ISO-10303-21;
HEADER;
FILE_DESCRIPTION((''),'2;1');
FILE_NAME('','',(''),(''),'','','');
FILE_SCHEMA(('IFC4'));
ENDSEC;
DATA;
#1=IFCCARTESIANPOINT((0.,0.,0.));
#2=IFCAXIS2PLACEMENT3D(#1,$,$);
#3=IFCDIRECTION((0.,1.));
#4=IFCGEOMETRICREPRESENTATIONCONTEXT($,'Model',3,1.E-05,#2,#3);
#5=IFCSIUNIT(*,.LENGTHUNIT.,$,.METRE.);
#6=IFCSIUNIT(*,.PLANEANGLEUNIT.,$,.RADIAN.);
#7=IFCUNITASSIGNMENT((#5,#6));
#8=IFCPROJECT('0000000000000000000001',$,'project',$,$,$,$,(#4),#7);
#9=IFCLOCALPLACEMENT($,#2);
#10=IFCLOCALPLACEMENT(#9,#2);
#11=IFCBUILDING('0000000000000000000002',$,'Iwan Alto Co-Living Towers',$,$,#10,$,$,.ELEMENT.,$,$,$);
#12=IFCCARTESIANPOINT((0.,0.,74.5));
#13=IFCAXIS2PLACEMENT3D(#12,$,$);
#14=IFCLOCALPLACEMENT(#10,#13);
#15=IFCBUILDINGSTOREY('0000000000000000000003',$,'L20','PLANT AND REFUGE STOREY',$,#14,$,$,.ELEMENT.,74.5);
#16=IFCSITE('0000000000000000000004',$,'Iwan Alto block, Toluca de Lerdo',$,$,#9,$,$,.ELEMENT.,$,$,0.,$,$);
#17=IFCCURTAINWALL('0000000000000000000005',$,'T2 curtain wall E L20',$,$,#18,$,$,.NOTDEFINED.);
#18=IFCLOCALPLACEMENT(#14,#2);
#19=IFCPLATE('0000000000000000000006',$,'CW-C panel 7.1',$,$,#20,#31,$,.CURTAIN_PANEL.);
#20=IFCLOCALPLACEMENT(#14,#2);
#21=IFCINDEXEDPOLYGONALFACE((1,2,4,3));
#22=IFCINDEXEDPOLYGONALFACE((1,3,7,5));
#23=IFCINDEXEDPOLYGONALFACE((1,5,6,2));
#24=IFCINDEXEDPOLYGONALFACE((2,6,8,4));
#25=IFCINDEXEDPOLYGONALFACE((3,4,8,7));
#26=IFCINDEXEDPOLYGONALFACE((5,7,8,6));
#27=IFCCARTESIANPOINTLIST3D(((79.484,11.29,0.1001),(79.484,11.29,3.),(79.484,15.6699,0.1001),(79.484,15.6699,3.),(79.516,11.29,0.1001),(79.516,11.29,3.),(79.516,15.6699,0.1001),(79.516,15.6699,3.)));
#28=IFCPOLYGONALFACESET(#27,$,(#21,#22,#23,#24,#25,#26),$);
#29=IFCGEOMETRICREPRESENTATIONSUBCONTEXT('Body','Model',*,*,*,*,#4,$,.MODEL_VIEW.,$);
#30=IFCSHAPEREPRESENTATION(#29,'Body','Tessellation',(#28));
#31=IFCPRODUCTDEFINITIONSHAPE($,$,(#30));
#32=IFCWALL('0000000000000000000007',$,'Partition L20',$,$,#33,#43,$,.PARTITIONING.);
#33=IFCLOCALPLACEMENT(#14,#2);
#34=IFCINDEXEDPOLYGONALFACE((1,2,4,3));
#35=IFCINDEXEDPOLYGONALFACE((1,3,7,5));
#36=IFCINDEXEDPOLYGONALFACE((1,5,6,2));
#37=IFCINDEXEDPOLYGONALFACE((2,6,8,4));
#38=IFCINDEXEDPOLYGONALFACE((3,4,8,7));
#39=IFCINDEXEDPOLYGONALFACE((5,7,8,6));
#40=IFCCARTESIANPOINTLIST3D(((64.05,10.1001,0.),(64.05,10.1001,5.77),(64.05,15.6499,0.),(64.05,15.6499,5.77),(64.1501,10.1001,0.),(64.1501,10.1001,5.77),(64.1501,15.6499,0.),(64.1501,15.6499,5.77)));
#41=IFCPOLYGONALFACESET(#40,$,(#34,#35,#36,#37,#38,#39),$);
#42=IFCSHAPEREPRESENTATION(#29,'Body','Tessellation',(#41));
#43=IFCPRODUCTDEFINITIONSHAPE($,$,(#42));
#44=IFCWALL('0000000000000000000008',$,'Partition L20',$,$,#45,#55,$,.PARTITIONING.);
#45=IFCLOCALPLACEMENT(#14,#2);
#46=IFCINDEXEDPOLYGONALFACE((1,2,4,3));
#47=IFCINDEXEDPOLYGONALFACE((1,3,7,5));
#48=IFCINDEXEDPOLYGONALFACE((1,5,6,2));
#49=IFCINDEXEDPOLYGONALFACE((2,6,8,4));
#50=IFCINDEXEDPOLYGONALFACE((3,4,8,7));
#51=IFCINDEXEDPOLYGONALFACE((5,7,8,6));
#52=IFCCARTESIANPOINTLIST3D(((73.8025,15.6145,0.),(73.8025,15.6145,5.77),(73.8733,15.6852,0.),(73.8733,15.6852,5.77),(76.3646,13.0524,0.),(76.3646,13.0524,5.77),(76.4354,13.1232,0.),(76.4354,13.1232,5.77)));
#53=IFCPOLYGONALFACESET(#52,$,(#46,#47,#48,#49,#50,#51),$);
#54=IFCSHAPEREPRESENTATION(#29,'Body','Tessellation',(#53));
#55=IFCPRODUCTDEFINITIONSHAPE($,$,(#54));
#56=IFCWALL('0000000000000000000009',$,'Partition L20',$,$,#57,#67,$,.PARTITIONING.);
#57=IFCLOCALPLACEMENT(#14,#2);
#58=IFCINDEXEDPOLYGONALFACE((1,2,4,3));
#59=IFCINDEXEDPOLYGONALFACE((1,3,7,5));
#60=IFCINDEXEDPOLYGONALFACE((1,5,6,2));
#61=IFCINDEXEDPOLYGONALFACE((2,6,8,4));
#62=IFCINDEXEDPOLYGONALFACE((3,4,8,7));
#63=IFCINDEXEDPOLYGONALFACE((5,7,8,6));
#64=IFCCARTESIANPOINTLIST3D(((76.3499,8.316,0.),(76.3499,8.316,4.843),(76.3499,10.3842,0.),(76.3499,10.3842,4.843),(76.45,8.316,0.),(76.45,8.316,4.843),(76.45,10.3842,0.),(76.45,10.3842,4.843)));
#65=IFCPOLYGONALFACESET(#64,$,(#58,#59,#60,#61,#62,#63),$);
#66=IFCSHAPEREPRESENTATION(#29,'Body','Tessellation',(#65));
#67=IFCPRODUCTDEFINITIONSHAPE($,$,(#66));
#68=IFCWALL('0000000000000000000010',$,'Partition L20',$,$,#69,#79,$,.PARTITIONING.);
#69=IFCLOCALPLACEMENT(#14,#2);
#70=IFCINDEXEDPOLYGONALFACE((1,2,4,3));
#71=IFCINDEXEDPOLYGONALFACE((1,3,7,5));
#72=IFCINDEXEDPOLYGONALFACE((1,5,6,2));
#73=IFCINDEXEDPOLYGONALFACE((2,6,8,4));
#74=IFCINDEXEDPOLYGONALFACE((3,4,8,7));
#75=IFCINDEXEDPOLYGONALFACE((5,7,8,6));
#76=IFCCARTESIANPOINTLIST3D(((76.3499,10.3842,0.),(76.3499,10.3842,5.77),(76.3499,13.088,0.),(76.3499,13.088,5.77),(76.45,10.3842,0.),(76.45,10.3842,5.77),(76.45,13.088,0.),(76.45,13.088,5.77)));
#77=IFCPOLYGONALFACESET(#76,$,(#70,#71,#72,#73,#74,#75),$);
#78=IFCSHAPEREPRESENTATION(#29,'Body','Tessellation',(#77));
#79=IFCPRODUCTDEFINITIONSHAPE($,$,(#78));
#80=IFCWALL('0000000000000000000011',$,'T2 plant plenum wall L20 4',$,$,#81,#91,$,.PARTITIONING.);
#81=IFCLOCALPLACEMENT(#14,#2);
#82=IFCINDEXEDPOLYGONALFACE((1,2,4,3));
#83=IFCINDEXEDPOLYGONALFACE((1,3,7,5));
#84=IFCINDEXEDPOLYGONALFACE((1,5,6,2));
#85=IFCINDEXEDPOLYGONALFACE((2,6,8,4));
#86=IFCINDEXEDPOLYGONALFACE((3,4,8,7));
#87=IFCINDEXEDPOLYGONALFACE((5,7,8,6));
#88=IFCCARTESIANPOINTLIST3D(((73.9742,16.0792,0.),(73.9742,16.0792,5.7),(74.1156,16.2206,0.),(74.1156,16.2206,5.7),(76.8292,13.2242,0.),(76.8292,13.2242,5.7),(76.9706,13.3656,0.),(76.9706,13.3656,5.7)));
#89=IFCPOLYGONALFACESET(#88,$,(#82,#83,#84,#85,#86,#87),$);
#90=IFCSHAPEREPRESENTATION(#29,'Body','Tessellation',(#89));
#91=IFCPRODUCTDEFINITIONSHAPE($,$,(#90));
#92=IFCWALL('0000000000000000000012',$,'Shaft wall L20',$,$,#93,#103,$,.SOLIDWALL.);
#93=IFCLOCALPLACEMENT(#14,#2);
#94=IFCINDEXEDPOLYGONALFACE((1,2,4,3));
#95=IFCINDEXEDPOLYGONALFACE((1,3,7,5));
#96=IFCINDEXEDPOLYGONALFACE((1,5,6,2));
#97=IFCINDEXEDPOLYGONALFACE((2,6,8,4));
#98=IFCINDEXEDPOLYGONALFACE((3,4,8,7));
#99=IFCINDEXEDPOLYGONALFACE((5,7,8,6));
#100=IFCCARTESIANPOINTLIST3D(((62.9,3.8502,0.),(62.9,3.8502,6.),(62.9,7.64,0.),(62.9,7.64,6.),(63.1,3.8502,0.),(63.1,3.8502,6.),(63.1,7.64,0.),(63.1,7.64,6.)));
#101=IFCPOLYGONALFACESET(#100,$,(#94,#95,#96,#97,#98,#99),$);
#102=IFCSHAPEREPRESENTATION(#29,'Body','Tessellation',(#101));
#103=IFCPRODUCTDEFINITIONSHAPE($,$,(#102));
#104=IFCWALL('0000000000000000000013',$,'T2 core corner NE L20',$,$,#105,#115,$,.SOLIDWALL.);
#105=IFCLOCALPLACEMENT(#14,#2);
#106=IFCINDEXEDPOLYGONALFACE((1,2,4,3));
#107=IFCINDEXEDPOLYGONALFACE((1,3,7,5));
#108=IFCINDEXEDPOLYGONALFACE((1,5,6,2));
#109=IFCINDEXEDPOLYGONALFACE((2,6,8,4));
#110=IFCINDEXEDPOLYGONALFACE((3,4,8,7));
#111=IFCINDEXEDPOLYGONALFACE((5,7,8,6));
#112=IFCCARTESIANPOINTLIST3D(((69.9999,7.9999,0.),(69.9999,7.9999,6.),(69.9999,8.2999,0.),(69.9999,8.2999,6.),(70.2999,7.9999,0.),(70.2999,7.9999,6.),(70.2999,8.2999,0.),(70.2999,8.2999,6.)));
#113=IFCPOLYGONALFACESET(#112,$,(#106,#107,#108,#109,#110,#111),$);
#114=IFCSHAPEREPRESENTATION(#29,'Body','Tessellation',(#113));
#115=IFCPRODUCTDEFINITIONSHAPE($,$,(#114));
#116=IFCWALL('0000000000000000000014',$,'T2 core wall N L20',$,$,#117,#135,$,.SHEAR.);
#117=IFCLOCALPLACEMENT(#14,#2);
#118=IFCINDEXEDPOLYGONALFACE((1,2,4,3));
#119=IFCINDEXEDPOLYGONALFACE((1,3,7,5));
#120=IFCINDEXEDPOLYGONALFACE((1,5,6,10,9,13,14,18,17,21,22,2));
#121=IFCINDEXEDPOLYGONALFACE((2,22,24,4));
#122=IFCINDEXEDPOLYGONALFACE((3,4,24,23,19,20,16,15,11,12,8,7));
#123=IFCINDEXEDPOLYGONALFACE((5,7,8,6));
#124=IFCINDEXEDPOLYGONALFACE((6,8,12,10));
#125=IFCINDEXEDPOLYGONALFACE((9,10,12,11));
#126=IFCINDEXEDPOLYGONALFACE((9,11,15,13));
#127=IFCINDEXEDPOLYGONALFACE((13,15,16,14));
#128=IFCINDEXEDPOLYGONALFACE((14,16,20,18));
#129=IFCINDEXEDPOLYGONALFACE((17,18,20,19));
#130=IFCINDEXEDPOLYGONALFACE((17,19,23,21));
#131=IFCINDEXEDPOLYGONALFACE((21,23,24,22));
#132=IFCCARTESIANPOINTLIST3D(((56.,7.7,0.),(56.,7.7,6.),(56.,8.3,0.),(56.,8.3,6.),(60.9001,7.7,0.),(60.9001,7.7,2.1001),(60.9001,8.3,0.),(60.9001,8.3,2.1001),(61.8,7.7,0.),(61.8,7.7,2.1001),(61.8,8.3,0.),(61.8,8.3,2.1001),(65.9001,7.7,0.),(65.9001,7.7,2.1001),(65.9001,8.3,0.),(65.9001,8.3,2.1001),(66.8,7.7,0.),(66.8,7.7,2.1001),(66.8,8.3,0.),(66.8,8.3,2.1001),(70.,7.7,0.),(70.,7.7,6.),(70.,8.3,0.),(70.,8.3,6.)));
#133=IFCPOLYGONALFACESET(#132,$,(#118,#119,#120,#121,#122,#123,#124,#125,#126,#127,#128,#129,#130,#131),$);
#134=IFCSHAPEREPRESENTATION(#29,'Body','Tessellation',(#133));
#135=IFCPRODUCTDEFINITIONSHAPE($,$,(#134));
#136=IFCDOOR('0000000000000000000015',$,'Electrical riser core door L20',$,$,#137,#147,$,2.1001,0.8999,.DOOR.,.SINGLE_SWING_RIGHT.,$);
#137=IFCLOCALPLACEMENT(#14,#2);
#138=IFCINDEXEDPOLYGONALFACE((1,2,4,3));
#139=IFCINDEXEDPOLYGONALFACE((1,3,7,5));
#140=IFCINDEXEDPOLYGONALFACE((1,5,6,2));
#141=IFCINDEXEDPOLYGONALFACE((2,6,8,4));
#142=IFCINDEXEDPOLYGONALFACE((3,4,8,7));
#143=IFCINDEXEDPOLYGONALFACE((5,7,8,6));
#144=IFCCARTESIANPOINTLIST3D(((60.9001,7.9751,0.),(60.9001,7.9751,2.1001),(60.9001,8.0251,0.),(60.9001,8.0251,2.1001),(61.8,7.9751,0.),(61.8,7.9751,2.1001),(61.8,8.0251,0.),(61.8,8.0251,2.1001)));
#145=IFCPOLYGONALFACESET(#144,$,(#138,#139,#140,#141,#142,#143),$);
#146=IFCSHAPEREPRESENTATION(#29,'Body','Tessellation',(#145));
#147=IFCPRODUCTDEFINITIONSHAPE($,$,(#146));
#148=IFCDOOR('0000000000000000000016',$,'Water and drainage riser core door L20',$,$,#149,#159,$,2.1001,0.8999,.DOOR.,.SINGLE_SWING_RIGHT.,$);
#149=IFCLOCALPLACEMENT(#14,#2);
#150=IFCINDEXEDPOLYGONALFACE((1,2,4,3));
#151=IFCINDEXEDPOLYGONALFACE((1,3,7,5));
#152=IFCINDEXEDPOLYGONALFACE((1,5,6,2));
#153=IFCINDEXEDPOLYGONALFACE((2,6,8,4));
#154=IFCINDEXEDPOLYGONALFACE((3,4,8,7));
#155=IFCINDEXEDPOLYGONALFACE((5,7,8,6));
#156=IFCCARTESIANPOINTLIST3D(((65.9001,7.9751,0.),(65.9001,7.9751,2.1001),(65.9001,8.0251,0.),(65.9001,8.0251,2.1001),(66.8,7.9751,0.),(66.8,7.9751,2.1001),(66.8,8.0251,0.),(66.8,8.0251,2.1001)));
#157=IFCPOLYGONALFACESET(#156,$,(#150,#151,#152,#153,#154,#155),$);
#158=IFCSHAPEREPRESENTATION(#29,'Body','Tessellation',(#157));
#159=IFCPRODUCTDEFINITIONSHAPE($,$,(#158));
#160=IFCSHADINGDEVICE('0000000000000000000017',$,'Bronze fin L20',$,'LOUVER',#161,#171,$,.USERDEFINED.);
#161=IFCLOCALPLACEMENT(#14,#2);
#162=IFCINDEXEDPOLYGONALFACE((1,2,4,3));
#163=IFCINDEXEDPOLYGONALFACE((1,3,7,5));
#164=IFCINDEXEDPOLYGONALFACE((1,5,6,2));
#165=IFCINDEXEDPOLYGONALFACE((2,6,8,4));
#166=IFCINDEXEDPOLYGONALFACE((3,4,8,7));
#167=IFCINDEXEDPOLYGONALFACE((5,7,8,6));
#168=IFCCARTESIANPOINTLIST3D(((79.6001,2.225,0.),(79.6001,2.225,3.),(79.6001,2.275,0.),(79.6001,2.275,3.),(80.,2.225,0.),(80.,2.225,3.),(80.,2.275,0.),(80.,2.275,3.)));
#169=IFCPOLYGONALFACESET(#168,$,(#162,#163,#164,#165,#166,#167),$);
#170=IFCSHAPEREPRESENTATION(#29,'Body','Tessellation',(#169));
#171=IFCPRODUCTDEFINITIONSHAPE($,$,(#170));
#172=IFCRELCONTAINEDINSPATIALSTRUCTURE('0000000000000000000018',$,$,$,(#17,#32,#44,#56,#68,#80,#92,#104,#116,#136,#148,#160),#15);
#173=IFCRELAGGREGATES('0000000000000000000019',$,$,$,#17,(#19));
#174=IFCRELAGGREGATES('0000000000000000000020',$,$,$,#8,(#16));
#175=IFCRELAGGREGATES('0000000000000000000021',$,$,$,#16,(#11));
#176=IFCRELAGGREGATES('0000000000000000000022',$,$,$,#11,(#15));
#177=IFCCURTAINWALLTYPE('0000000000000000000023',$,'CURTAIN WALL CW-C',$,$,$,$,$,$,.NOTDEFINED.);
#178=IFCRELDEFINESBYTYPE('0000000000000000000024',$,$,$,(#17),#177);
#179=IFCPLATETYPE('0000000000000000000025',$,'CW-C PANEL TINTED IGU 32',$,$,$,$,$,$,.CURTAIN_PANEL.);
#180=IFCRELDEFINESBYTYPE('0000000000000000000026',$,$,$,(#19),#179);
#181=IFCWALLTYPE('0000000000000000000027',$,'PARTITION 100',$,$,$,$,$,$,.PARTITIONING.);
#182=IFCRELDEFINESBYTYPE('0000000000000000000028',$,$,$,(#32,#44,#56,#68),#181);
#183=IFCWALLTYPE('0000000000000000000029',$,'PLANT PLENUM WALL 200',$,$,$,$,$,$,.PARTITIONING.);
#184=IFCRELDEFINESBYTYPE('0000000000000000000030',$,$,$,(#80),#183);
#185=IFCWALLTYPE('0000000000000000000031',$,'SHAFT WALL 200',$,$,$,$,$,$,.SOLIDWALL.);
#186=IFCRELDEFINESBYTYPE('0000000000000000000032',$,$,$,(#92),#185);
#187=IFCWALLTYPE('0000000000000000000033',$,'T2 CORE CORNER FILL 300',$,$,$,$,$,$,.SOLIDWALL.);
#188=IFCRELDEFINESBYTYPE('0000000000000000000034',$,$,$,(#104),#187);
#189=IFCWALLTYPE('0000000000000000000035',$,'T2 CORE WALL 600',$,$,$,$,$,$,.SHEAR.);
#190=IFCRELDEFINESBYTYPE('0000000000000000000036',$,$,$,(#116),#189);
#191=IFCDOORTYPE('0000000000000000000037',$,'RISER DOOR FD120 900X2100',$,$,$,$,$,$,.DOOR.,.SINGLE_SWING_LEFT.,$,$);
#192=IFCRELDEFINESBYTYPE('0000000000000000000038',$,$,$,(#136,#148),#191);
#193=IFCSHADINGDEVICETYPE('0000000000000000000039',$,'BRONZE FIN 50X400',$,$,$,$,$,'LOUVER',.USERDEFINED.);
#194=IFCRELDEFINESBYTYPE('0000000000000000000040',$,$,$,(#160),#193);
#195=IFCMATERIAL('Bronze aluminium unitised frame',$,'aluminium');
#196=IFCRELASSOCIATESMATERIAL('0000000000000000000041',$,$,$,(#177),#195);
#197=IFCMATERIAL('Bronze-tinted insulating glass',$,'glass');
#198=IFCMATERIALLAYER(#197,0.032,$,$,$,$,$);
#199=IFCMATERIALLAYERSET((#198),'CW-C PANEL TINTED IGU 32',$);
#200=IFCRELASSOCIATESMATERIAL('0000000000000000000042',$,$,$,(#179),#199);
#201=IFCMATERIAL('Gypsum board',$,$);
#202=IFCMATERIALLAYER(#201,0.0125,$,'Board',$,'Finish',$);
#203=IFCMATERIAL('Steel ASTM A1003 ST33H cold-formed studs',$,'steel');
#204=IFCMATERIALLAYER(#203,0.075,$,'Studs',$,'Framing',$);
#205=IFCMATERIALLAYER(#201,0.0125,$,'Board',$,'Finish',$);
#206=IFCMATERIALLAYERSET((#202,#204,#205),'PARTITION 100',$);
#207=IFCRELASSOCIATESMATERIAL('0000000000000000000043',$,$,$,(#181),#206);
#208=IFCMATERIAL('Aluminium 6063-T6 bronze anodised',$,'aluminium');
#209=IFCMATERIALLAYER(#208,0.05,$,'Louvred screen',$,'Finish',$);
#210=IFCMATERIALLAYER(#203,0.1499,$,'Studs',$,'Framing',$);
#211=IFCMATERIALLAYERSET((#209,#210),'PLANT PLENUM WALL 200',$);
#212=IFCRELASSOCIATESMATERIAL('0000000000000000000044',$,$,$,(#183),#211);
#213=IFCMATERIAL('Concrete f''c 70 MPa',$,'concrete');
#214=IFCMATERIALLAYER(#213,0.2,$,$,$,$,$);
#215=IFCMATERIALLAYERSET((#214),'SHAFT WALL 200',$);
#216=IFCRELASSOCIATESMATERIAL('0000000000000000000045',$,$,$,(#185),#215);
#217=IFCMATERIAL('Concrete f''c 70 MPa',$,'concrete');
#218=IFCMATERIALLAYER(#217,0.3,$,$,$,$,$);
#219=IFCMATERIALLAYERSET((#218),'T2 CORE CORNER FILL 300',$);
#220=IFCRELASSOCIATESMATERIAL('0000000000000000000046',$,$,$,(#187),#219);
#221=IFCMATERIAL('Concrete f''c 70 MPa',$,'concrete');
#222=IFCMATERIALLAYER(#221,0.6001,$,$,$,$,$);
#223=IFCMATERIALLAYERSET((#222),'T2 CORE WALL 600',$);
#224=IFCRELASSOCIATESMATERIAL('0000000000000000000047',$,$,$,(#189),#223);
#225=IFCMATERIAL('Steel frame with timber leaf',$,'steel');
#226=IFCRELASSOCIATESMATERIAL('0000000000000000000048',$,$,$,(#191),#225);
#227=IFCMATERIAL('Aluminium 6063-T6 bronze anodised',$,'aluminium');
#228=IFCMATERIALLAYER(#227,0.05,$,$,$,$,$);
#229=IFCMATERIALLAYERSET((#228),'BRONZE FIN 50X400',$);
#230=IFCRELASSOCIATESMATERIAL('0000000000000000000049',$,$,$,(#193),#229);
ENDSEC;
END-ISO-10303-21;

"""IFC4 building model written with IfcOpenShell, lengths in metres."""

from ifc_helpers import new_model, si_unit, direction, frame, frame_2d, origin, origin_2d, place, context, subcontext, project, spatial, rectangle, extrude, material, layer, layer_set, type_object, element, fill, aggregate, save


model = new_model("IFC4")

# Units and contexts
model_context = context("Model", 3, precision=1e-05, world=origin(), true_north=direction((0.0, 1.0)))
body_context = subcontext(model_context, "Body", "Model", "MODEL_VIEW")
ifc_project = project(units=[si_unit("LENGTHUNIT", "METRE"), si_unit("PLANEANGLEUNIT", "RADIAN")], contexts=[model_context])

# Site, building, storey
site_placement = place(None, origin())
site = spatial("IfcSite", under=ifc_project, at=site_placement, Name="Iwan Alto block, Toluca de Lerdo", CompositionType="ELEMENT", RefElevation=0.0)
building_placement = place(site_placement, origin())
building = spatial("IfcBuilding", under=site, at=building_placement, Name="Iwan Alto Co-Living Towers", CompositionType="ELEMENT")
storey_placement = place(building_placement, frame((0.0, 0.0, 74.5)))
storey = spatial("IfcBuildingStorey", under=building, at=storey_placement, Name="L20", Description="PLANT AND REFUGE STOREY", CompositionType="ELEMENT", Elevation=74.5)

# Curtain wall
ifc_material_1 = material(Name="Bronze aluminium unitised frame", Category="aluminium")
curtain_wall_type = type_object("IfcCurtainWallType", Name="CURTAIN WALL CW-C", PredefinedType="NOTDEFINED", material=ifc_material_1)
curtain_wall_placement = place(storey_placement, origin())
curtain_wall = element("IfcCurtainWall", 1, at=curtain_wall_placement, inside=storey, type_object=curtain_wall_type, Name="T2 curtain wall E L20", PredefinedType="NOTDEFINED")

# Plate
ifc_material_2 = material(Name="Bronze-tinted insulating glass", Category="glass")
ifc_layer_1 = layer(ifc_material_2, 0.032)
ifc_layer_set_1 = layer_set([ifc_layer_1], Name="CW-C PANEL TINTED IGU 32")
plate_type = type_object("IfcPlateType", Name="CW-C PANEL TINTED IGU 32", PredefinedType="CURTAIN_PANEL", material=ifc_layer_set_1)
plate_1_placement = place(storey_placement, frame((79.5, 13.48, 0.1001), z_axis=(0.0, 0.0, 1.0), x_axis=(0.0, 1.0, 0.0)))
plate_1 = element("IfcPlate", 2, at=plate_1_placement, type_object=plate_type, Name="CW-C panel 7.1", PredefinedType="CURTAIN_PANEL", context=body_context, shape_type="SweptSolid", body=[
    extrude(rectangle(XDim=4.3799, YDim=0.032, at=origin_2d()), origin(), (0.0, 0.0, 1.0), 2.8999),
])
aggregate(curtain_wall, [plate_1])

# Walls
ifc_material_3 = material(Name="Gypsum board")
ifc_layer_2 = layer(ifc_material_3, 0.0125, Name="Board", Category="Finish")
ifc_material_4 = material(Name="Steel ASTM A1003 ST33H cold-formed studs", Category="steel")
ifc_layer_3 = layer(ifc_material_4, 0.075, Name="Studs", Category="Framing")
ifc_layer_4 = layer(ifc_material_3, 0.0125, Name="Board", Category="Finish")
ifc_layer_set_2 = layer_set([ifc_layer_2, ifc_layer_3, ifc_layer_4], Name="PARTITION 100")
wall_type_1 = type_object("IfcWallType", Name="PARTITION 100", PredefinedType="PARTITIONING", material=ifc_layer_set_2)
wall_1_placement = place(storey_placement, frame((64.1001, 10.1001, 0.0), z_axis=(0.0, 0.0, 1.0), x_axis=(0.0, 1.0, 0.0)))
element("IfcWall", 3, at=wall_1_placement, inside=storey, type_object=wall_type_1, Name="Partition L20", PredefinedType="PARTITIONING", context=body_context, shape_type="SweptSolid", body=[
    extrude(rectangle(XDim=5.5498, YDim=0.1001, at=frame_2d((2.7749, 0.0))), origin(), (0.0, 0.0, 1.0), 5.77),
])
wall_2_placement = place(storey_placement, frame((76.3999, 13.0879, 0.0), z_axis=(0.0, 0.0, 1.0), x_axis=(-0.707107, 0.707107, 0.0)))
element("IfcWall", 4, at=wall_2_placement, inside=storey, type_object=wall_type_1, Name="Partition L20", PredefinedType="PARTITIONING", context=body_context, shape_type="SweptSolid", body=[
    extrude(rectangle(XDim=3.6233, YDim=0.1001, at=frame_2d((1.8115, 0.0))), origin(), (0.0, 0.0, 1.0), 5.77),
])
wall_3_placement = place(storey_placement, frame((76.3999, 8.3159, 0.0), z_axis=(0.0, 0.0, 1.0), x_axis=(0.0, 1.0, 0.0)))
element("IfcWall", 5, at=wall_3_placement, inside=storey, type_object=wall_type_1, Name="Partition L20", PredefinedType="PARTITIONING", context=body_context, shape_type="SweptSolid", body=[
    extrude(rectangle(XDim=2.0681, YDim=0.1001, at=frame_2d((1.0342, 0.0))), origin(), (0.0, 0.0, 1.0), 4.843),
])
wall_4_placement = place(storey_placement, frame((76.3999, 10.384, 0.0), z_axis=(0.0, 0.0, 1.0), x_axis=(0.0, 1.0, 0.0)))
element("IfcWall", 6, at=wall_4_placement, inside=storey, type_object=wall_type_1, Name="Partition L20", PredefinedType="PARTITIONING", context=body_context, shape_type="SweptSolid", body=[
    extrude(rectangle(XDim=2.7039, YDim=0.1001, at=frame_2d((1.3521, 0.0))), origin(), (0.0, 0.0, 1.0), 5.77),
])
ifc_material_5 = material(Name="Aluminium 6063-T6 bronze anodised", Category="aluminium")
ifc_layer_5 = layer(ifc_material_5, 0.05, Name="Louvred screen", Category="Finish")
ifc_layer_6 = layer(ifc_material_4, 0.1499, Name="Studs", Category="Framing")
ifc_layer_set_3 = layer_set([ifc_layer_5, ifc_layer_6], Name="PLANT PLENUM WALL 200")
wall_type_2 = type_object("IfcWallType", Name="PLANT PLENUM WALL 200", PredefinedType="PARTITIONING", material=ifc_layer_set_3)
wall_5_placement = place(storey_placement, frame((76.8999, 13.2949, 0.0), z_axis=(0.0, 0.0, 1.0), x_axis=(-0.707107, 0.707107, 0.0)))
element("IfcWall", 7, at=wall_5_placement, inside=storey, type_object=wall_type_2, Name="T2 plant plenum wall L20 4", PredefinedType="PARTITIONING", context=body_context, shape_type="SweptSolid", body=[
    extrude(rectangle(XDim=4.0376, YDim=0.2, at=frame_2d((2.0188, 0.0))), origin(), (0.0, 0.0, 1.0), 5.7),
])
ifc_material_6 = material(Name="Concrete f'c 70 MPa", Category="concrete")
ifc_layer_7 = layer(ifc_material_6, 0.2)
ifc_layer_set_4 = layer_set([ifc_layer_7], Name="SHAFT WALL 200")
wall_type_3 = type_object("IfcWallType", Name="SHAFT WALL 200", PredefinedType="SOLIDWALL", material=ifc_layer_set_4)
wall_6_placement = place(storey_placement, frame((63.0, 3.8501, 0.0), z_axis=(0.0, 0.0, 1.0), x_axis=(0.0, 1.0, 0.0)))
element("IfcWall", 8, at=wall_6_placement, inside=storey, type_object=wall_type_3, Name="Shaft wall L20", PredefinedType="SOLIDWALL", context=body_context, shape_type="SweptSolid", body=[
    extrude(rectangle(XDim=3.7898, YDim=0.2, at=frame_2d((1.895, 0.0))), origin(), (0.0, 0.0, 1.0), 6.0),
])
ifc_material_7 = material(Name="Concrete f'c 70 MPa", Category="concrete")
ifc_layer_8 = layer(ifc_material_7, 0.3)
ifc_layer_set_5 = layer_set([ifc_layer_8], Name="T2 CORE CORNER FILL 300")
wall_type_4 = type_object("IfcWallType", Name="T2 CORE CORNER FILL 300", PredefinedType="SOLIDWALL", material=ifc_layer_set_5)
wall_7_placement = place(storey_placement, frame((70.0, 8.1499, 0.0), z_axis=(0.0, 0.0, 1.0), x_axis=(1.0, 0.0, 0.0)))
element("IfcWall", 9, at=wall_7_placement, inside=storey, type_object=wall_type_4, Name="T2 core corner NE L20", PredefinedType="SOLIDWALL", context=body_context, shape_type="SweptSolid", body=[
    extrude(rectangle(XDim=0.3, YDim=0.3, at=frame_2d((0.1499, 0.0))), origin(), (0.0, 0.0, 1.0), 6.0),
])

# Wall, openings, doors
ifc_material_8 = material(Name="Concrete f'c 70 MPa", Category="concrete")
ifc_layer_9 = layer(ifc_material_8, 0.6001)
ifc_layer_set_6 = layer_set([ifc_layer_9], Name="T2 CORE WALL 600")
wall_type_5 = type_object("IfcWallType", Name="T2 CORE WALL 600", PredefinedType="SHEAR", material=ifc_layer_set_6)
wall_8_placement = place(storey_placement, frame((70.0, 8.0, 0.0), z_axis=(0.0, 0.0, 1.0), x_axis=(-1.0, 0.0, 0.0)))
wall_8 = element("IfcWall", 10, at=wall_8_placement, inside=storey, type_object=wall_type_5, Name="T2 core wall N L20", PredefinedType="SHEAR", context=body_context, shape_type="SweptSolid", body=[
    extrude(rectangle(XDim=14.0, YDim=0.6001, at=frame_2d((7.0, 0.0))), origin(), (0.0, 0.0, 1.0), 6.0),
])
opening_1_placement = place(wall_8_placement, frame((8.2, 0.0, 0.0)))
opening_1 = element("IfcOpeningElement", 11, at=opening_1_placement, cuts=wall_8, PredefinedType="OPENING", context=body_context, shape_type="SweptSolid", body=[
    extrude(rectangle(XDim=0.8999, YDim=2.1001, at=frame_2d((0.45, 1.05))), frame((0.0, 0.3101, 0.0), z_axis=(0.0, -1.0, 0.0), x_axis=(1.0, 0.0, 0.0)), (0.0, 0.0, 1.0), 0.6201),
])
opening_2_placement = place(wall_8_placement, frame((3.2, 0.0, 0.0)))
opening_2 = element("IfcOpeningElement", 12, at=opening_2_placement, cuts=wall_8, PredefinedType="OPENING", context=body_context, shape_type="SweptSolid", body=[
    extrude(rectangle(XDim=0.8999, YDim=2.1001, at=frame_2d((0.45, 1.05))), frame((0.0, 0.3101, 0.0), z_axis=(0.0, -1.0, 0.0), x_axis=(1.0, 0.0, 0.0)), (0.0, 0.0, 1.0), 0.6201),
])
ifc_material_9 = material(Name="Steel frame with timber leaf", Category="steel")
door_type = type_object("IfcDoorType", Name="RISER DOOR FD120 900X2100", OperationType="SINGLE_SWING_LEFT", PredefinedType="DOOR", material=ifc_material_9)
door_1_placement = place(opening_1_placement, origin())
door_1 = element("IfcDoor", 13, at=door_1_placement, inside=storey, type_object=door_type, Name="Electrical riser core door L20", OperationType="SINGLE_SWING_RIGHT", OverallHeight=2.1001, OverallWidth=0.8999, PredefinedType="DOOR", context=body_context, shape_type="SweptSolid", body=[
    extrude(rectangle(XDim=0.8999, YDim=2.1001, at=frame_2d((0.45, 1.05))), frame((0.0, 0.0249, 0.0), z_axis=(0.0, -1.0, 0.0), x_axis=(1.0, 0.0, 0.0)), (0.0, 0.0, 1.0), 0.05),
])
fill(opening_1, door_1)
door_2_placement = place(opening_2_placement, origin())
door_2 = element("IfcDoor", 14, at=door_2_placement, inside=storey, type_object=door_type, Name="Water and drainage riser core door L20", OperationType="SINGLE_SWING_RIGHT", OverallHeight=2.1001, OverallWidth=0.8999, PredefinedType="DOOR", context=body_context, shape_type="SweptSolid", body=[
    extrude(rectangle(XDim=0.8999, YDim=2.1001, at=frame_2d((0.45, 1.05))), frame((0.0, 0.0249, 0.0), z_axis=(0.0, -1.0, 0.0), x_axis=(1.0, 0.0, 0.0)), (0.0, 0.0, 1.0), 0.05),
])
fill(opening_2, door_2)

# Shading device
ifc_material_10 = material(Name="Aluminium 6063-T6 bronze anodised", Category="aluminium")
ifc_layer_10 = layer(ifc_material_10, 0.05)
ifc_layer_set_7 = layer_set([ifc_layer_10], Name="BRONZE FIN 50X400")
shading_device_type_1 = type_object("IfcShadingDeviceType", Name="BRONZE FIN 50X400", ElementType="LOUVER", PredefinedType="USERDEFINED", material=ifc_layer_set_7)
for number, where, z_axis, x_axis, name in (
    (15, (79.8, 2.25, 0.0), (0.0, 0.0, 1.0), (0.0, 1.0, 0.0), "Bronze fin L20"),
):
    element("IfcShadingDevice", number, at=place(storey_placement, frame(where, z_axis=z_axis, x_axis=x_axis)), inside=storey, type_object=shading_device_type_1, Name=name, ObjectType="LOUVER", PredefinedType="USERDEFINED", context=body_context, shape_type="SweptSolid", body=[
        extrude(rectangle(XDim=0.05, YDim=0.3999, at=origin_2d()), origin(), (0.0, 0.0, 1.0), 3.0),
    ])

save(model, "model.ifc")
